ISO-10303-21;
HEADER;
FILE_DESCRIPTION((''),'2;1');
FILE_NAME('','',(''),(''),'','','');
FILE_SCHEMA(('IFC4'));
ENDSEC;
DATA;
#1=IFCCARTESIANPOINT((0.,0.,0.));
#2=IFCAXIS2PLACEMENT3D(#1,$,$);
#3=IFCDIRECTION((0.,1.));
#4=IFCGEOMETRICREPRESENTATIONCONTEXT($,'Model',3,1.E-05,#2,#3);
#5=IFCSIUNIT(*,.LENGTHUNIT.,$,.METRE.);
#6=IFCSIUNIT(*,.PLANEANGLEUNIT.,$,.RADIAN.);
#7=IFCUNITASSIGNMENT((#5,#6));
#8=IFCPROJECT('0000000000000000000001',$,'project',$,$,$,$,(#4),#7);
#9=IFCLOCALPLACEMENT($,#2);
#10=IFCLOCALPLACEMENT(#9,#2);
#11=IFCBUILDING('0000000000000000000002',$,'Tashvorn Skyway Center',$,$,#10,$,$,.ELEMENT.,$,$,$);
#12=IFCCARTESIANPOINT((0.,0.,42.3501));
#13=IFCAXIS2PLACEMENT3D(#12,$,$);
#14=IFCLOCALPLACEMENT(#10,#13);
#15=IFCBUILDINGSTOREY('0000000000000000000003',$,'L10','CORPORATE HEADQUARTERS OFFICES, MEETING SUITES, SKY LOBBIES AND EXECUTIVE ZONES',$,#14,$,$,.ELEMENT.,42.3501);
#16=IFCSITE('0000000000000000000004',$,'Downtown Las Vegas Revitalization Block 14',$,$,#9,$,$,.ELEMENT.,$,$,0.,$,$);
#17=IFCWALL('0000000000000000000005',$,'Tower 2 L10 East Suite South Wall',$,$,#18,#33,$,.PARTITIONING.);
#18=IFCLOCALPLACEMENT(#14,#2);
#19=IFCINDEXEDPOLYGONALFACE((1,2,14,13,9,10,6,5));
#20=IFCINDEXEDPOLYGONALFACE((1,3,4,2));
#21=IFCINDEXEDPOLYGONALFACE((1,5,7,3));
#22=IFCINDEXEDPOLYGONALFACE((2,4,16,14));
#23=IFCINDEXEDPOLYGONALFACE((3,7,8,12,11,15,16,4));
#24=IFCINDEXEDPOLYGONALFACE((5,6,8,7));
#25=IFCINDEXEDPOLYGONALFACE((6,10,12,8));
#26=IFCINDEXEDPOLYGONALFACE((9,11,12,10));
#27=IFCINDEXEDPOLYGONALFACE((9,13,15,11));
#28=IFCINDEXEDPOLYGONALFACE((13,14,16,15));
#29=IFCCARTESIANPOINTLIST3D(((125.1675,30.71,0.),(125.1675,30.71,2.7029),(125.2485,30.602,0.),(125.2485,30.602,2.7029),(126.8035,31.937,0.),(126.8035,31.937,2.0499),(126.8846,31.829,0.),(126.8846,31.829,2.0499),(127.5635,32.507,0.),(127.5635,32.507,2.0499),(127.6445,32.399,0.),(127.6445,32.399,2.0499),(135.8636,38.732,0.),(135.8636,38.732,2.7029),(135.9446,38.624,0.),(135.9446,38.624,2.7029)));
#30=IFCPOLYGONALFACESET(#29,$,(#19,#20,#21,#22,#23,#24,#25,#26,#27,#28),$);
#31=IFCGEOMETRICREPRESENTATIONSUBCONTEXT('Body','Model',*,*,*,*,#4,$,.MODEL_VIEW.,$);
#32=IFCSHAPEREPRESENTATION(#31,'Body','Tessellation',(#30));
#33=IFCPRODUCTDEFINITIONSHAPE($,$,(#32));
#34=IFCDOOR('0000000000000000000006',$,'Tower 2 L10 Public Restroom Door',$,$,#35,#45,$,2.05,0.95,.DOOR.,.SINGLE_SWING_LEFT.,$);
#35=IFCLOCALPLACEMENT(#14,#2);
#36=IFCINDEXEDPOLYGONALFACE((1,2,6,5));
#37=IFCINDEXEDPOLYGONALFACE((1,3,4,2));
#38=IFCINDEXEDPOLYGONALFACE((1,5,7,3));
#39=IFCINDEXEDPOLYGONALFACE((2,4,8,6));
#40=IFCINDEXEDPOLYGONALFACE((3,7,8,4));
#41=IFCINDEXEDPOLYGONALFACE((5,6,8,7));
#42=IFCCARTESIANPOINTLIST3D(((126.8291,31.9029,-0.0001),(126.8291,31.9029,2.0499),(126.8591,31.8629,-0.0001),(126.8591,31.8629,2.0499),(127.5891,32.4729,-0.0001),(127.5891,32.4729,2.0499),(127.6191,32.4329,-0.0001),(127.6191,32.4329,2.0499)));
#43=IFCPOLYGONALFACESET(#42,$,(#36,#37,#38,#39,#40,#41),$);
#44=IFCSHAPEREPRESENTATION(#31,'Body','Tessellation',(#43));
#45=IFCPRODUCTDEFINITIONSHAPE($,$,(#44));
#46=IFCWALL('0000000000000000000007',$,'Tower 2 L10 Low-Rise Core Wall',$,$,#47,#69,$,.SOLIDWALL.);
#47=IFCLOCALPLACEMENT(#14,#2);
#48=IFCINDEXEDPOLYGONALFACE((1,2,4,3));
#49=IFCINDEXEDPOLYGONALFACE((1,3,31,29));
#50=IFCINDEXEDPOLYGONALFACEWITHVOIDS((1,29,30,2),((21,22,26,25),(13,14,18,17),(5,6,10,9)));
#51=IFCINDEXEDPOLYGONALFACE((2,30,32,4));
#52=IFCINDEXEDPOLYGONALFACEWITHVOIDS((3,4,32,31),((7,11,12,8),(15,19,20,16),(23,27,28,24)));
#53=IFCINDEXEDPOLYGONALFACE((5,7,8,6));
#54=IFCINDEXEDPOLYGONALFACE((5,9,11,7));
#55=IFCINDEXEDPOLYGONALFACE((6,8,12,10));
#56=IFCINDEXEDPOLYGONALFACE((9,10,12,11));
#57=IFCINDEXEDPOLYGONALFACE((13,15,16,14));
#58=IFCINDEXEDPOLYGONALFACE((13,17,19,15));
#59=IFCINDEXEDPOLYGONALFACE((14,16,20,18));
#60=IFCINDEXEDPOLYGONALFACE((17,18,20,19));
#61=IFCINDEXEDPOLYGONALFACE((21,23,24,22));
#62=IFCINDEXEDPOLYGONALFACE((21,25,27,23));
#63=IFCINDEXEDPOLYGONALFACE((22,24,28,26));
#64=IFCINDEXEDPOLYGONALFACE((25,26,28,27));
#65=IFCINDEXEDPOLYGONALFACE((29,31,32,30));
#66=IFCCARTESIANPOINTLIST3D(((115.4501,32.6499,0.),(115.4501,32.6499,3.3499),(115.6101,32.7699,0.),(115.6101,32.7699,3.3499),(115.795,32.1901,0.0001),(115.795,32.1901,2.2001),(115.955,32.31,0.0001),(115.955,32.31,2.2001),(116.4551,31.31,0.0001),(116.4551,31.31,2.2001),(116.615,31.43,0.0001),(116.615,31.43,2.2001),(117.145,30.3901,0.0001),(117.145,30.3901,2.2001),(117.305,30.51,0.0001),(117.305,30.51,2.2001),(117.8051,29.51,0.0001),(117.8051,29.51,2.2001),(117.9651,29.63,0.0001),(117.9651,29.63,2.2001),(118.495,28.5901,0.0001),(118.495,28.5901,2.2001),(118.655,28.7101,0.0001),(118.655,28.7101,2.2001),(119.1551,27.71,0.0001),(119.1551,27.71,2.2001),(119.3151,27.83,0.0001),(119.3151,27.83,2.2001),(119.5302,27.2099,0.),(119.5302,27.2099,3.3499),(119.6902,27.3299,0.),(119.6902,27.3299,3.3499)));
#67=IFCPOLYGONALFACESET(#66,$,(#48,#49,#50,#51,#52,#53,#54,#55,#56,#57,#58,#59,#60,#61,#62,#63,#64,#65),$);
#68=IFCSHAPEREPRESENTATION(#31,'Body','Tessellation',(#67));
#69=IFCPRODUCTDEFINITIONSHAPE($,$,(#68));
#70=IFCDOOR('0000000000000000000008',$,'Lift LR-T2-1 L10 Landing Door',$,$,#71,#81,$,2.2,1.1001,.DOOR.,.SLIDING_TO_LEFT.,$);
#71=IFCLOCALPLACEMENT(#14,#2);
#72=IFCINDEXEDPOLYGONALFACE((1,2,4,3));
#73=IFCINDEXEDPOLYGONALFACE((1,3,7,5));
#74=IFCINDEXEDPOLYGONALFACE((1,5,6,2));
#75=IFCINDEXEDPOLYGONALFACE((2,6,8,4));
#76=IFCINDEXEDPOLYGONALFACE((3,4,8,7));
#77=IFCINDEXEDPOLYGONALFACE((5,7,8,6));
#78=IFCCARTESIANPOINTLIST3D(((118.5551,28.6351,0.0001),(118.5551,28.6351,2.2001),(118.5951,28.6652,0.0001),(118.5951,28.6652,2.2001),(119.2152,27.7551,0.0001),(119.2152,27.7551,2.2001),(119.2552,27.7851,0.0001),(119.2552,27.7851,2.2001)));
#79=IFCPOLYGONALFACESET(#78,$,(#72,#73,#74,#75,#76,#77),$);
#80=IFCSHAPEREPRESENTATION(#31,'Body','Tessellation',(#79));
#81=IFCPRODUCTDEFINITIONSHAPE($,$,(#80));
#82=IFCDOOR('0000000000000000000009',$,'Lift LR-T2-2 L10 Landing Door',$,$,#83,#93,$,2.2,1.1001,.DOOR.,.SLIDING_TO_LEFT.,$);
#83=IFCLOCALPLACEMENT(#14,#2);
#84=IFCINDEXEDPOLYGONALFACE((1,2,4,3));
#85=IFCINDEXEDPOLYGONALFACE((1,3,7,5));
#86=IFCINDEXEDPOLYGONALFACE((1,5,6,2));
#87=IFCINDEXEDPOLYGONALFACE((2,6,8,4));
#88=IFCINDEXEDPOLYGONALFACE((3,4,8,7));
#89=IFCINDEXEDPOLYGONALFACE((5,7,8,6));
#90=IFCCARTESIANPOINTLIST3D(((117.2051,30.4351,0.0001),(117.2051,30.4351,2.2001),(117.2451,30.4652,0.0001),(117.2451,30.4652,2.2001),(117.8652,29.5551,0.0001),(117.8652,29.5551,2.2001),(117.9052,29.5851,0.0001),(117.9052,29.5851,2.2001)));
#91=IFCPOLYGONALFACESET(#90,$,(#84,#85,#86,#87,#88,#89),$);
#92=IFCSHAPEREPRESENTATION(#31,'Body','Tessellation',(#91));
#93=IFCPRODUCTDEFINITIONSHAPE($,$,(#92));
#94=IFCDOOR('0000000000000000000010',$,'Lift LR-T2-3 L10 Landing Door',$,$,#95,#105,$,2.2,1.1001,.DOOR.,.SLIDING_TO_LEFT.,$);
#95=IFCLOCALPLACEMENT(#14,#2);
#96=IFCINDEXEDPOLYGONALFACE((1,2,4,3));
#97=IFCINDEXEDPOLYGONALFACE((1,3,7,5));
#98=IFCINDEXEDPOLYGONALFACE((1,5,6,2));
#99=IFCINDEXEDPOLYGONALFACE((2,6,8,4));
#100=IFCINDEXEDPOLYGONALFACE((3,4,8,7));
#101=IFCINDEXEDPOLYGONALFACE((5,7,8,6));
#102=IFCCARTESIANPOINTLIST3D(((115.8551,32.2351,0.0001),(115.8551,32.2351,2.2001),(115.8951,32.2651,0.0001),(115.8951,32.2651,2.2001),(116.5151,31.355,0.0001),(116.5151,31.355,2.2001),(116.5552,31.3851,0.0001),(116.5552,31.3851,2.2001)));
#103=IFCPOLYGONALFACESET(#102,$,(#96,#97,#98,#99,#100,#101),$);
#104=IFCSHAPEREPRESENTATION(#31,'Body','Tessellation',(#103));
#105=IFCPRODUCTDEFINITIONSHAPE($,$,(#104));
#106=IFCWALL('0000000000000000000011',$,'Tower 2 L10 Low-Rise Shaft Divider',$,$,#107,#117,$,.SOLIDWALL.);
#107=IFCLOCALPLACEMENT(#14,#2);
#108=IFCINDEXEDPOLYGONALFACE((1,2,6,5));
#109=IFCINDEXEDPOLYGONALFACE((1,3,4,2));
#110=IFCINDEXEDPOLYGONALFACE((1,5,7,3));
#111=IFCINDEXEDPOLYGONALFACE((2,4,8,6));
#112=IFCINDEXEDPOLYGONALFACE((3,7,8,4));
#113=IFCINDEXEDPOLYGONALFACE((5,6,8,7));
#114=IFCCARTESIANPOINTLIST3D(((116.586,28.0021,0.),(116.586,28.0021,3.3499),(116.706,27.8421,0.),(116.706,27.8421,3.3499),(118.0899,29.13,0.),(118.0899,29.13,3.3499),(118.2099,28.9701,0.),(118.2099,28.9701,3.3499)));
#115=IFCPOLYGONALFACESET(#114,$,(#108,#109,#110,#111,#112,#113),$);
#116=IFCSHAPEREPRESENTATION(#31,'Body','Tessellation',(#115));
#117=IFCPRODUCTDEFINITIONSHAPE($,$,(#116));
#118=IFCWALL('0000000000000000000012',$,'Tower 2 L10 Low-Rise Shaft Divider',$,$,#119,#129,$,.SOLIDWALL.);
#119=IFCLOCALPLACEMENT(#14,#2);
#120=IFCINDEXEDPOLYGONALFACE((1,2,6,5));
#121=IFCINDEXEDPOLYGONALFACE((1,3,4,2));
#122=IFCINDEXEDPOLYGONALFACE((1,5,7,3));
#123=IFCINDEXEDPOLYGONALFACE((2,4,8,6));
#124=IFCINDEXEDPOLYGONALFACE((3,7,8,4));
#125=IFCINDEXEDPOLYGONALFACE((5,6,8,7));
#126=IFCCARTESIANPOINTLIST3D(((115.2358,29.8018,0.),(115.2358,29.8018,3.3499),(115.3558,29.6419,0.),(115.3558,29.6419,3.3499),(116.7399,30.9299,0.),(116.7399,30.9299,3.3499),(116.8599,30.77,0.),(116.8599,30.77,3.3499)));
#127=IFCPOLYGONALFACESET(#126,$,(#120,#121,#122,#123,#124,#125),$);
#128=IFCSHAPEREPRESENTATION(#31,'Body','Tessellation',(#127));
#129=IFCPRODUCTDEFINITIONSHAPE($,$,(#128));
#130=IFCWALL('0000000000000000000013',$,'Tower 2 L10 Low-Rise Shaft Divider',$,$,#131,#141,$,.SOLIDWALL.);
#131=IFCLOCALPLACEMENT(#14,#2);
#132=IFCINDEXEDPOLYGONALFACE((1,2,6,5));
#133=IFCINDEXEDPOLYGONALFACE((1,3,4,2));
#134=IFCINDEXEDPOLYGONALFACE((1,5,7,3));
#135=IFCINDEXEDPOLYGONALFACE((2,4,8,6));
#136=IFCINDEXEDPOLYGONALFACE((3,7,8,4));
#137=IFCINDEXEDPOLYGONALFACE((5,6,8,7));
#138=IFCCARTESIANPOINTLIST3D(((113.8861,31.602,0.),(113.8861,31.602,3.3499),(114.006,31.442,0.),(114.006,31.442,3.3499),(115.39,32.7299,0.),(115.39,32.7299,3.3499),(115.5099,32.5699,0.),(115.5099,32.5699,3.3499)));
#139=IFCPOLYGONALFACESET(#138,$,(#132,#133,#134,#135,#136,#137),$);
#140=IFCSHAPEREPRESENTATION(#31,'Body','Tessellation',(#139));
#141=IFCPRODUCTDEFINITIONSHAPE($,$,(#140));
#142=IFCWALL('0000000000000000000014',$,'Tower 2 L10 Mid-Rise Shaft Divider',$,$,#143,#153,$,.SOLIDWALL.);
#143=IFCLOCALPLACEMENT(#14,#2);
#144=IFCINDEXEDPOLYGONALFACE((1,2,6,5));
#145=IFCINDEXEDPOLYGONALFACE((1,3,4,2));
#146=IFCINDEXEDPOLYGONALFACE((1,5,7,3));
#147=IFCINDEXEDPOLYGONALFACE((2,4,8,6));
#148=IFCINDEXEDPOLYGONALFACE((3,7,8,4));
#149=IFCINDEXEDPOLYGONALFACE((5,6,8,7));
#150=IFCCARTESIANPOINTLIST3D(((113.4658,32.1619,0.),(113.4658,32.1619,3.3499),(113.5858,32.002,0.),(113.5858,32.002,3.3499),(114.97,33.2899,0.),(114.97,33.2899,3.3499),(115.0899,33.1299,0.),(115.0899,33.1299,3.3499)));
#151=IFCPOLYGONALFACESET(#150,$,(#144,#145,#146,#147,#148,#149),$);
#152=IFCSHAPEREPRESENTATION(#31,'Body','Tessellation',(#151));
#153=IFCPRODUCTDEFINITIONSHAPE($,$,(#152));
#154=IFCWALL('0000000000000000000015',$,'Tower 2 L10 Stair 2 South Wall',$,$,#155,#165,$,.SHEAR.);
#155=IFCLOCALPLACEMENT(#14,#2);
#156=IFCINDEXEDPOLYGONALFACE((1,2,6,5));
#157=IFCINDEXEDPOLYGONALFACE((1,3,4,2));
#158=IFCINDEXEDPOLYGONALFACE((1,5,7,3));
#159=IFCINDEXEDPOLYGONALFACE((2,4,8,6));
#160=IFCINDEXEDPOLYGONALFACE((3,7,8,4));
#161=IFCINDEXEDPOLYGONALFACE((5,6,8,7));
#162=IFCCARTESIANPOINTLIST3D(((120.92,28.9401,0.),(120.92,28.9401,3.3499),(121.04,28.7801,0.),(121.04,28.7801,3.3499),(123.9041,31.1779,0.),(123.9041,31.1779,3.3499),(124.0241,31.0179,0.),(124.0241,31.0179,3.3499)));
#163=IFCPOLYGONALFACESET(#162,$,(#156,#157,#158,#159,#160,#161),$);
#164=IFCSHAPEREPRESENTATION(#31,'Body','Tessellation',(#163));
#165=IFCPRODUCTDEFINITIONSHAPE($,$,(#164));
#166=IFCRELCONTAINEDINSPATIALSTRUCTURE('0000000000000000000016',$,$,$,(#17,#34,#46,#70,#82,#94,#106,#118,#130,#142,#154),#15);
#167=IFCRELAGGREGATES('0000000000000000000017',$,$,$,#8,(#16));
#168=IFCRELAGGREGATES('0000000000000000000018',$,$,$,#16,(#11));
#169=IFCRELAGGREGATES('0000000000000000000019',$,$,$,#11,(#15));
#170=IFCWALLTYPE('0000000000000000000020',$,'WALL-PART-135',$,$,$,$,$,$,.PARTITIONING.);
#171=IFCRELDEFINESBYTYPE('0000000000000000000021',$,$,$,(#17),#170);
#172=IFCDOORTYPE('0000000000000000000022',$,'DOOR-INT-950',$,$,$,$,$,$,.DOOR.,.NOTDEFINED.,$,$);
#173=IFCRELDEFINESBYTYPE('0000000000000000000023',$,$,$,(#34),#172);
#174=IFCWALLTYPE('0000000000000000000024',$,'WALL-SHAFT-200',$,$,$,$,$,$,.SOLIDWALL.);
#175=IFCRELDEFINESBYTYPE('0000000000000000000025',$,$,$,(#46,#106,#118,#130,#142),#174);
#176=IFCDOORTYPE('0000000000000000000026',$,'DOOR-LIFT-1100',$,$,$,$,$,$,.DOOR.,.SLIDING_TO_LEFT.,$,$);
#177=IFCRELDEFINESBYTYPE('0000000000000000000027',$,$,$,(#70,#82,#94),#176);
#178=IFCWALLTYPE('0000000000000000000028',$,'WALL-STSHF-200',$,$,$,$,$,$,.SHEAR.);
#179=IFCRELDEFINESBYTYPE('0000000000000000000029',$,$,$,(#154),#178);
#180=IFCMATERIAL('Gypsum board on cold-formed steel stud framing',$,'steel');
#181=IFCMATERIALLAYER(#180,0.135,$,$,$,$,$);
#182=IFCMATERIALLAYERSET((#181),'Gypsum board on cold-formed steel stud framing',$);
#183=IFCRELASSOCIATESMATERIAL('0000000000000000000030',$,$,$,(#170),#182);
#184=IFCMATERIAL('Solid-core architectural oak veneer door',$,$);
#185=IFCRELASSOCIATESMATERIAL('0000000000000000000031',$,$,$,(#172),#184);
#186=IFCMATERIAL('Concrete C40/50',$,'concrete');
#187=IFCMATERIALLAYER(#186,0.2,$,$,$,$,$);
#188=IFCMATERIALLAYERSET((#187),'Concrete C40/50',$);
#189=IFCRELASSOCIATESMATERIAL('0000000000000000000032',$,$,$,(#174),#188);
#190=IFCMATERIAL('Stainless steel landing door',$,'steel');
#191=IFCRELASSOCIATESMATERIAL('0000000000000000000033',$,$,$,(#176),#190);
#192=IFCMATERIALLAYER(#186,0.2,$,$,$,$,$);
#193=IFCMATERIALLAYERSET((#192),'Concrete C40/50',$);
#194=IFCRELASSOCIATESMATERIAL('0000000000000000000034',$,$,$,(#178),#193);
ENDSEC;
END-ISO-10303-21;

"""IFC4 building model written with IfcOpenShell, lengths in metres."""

from ifc_helpers import new_model, si_unit, direction, frame, frame_2d, origin, place, context, subcontext, project, spatial, rectangle, extrude, material, layer, layer_set, type_object, element, fill, save


model = new_model("IFC4")

# Units and contexts
model_context = context("Model", 3, precision=1e-05, world=origin(), true_north=direction((0.0, 1.0)))
body_context = subcontext(model_context, "Body", "Model", "MODEL_VIEW")
ifc_project = project(units=[si_unit("LENGTHUNIT", "METRE"), si_unit("PLANEANGLEUNIT", "RADIAN")], contexts=[model_context])

# Site, building, storey
site_placement = place(None, origin())
site = spatial("IfcSite", under=ifc_project, at=site_placement, Name="Downtown Las Vegas Revitalization Block 14", CompositionType="ELEMENT", RefElevation=0.0)
building_placement = place(site_placement, origin())
building = spatial("IfcBuilding", under=site, at=building_placement, Name="Tashvorn Skyway Center", CompositionType="ELEMENT")
storey_placement = place(building_placement, frame((0.0, 0.0, 42.3501)))
storey = spatial("IfcBuildingStorey", under=building, at=storey_placement, Name="L10", Description="CORPORATE HEADQUARTERS OFFICES, MEETING SUITES, SKY LOBBIES AND EXECUTIVE ZONES", CompositionType="ELEMENT", Elevation=42.3501)

# Wall, opening, door
ifc_material_1 = material(Name="Concrete C40/50", Category="concrete")
ifc_material_2 = material(Name="Gypsum board on cold-formed steel stud framing", Category="steel")
ifc_layer_1 = layer(ifc_material_2, 0.135)
ifc_layer_set_1 = layer_set([ifc_layer_1], Name="Gypsum board on cold-formed steel stud framing")
wall_type_1 = type_object("IfcWallType", Name="WALL-PART-135", PredefinedType="PARTITIONING", material=ifc_layer_set_1)
wall_1_placement = place(storey_placement, frame((125.208, 30.656, 0.0), z_axis=(0.0, 0.0, 1.0), x_axis=(0.800002, 0.599997, 0.0)))
wall_1 = element("IfcWall", 1, at=wall_1_placement, inside=storey, type_object=wall_type_1, Name="Tower 2 L10 East Suite South Wall", PredefinedType="PARTITIONING", context=body_context, shape_type="SweptSolid", body=[
    extrude(rectangle(XDim=13.3701, YDim=0.135, at=frame_2d((6.6851, 0.0))), origin(), (0.0, 0.0, 1.0), 2.7029),
])
opening_1_placement = place(wall_1_placement, frame((2.0449, 0.0, 0.0)))
opening_1 = element("IfcOpeningElement", 2, at=opening_1_placement, cuts=wall_1, PredefinedType="OPENING", context=body_context, shape_type="SweptSolid", body=[
    extrude(rectangle(XDim=0.95, YDim=2.05, at=frame_2d((0.4751, 1.0249))), frame((0.0, 0.0774, 0.0), z_axis=(0.0, -1.0, 0.0), x_axis=(1.0, 0.0, 0.0)), (0.0, 0.0, 1.0), 0.155),
])
ifc_material_3 = material(Name="Solid-core architectural oak veneer door")
door_type_1 = type_object("IfcDoorType", Name="DOOR-INT-950", OperationType="NOTDEFINED", PredefinedType="DOOR", material=ifc_material_3)
door_1_placement = place(opening_1_placement, origin())
door_1 = element("IfcDoor", 3, at=door_1_placement, inside=storey, type_object=door_type_1, Name="Tower 2 L10 Public Restroom Door", OperationType="SINGLE_SWING_LEFT", OverallHeight=2.05, OverallWidth=0.95, PredefinedType="DOOR", context=body_context, shape_type="SweptSolid", body=[
    extrude(rectangle(XDim=0.95, YDim=2.05, at=frame_2d((0.4751, 1.0249))), frame((0.0, 0.0249, 0.0), z_axis=(0.0, -1.0, 0.0), x_axis=(1.0, 0.0, 0.0)), (0.0, 0.0, 1.0), 0.05),
])
fill(opening_1, door_1)

# Wall, openings, doors
ifc_layer_2 = layer(ifc_material_1, 0.2)
ifc_layer_set_2 = layer_set([ifc_layer_2], Name="Concrete C40/50")
wall_type_2 = type_object("IfcWallType", Name="WALL-SHAFT-200", PredefinedType="SOLIDWALL", material=ifc_layer_set_2)
wall_2_placement = place(storey_placement, frame((119.6101, 27.27, 0.0), z_axis=(0.0, 0.0, 1.0), x_axis=(-0.600011, 0.799991, 0.0)))
wall_2 = element("IfcWall", 4, at=wall_2_placement, inside=storey, type_object=wall_type_2, Name="Tower 2 L10 Low-Rise Core Wall", PredefinedType="SOLIDWALL", context=body_context, shape_type="SweptSolid", body=[
    extrude(rectangle(XDim=6.8, YDim=0.2, at=frame_2d((3.3999, 0.0))), origin(), (0.0, 0.0, 1.0), 3.3499),
])
opening_2_placement = place(wall_2_placement, frame((0.625, 0.0, 0.0)))
opening_2 = element("IfcOpeningElement", 5, at=opening_2_placement, cuts=wall_2, PredefinedType="OPENING", context=body_context, shape_type="SweptSolid", body=[
    extrude(rectangle(XDim=1.1001, YDim=2.2, at=frame_2d((0.55, 1.1001))), frame((0.0, 0.1099, 0.0), z_axis=(0.0, -1.0, 0.0), x_axis=(1.0, 0.0, 0.0)), (0.0, 0.0, 1.0), 0.22),
])
opening_3_placement = place(wall_2_placement, frame((2.875, 0.0, 0.0)))
opening_3 = element("IfcOpeningElement", 6, at=opening_3_placement, cuts=wall_2, PredefinedType="OPENING", context=body_context, shape_type="SweptSolid", body=[
    extrude(rectangle(XDim=1.1001, YDim=2.2, at=frame_2d((0.55, 1.1001))), frame((0.0, 0.1099, 0.0), z_axis=(0.0, -1.0, 0.0), x_axis=(1.0, 0.0, 0.0)), (0.0, 0.0, 1.0), 0.22),
])
opening_4_placement = place(wall_2_placement, frame((5.125, 0.0, 0.0)))
opening_4 = element("IfcOpeningElement", 7, at=opening_4_placement, cuts=wall_2, PredefinedType="OPENING", context=body_context, shape_type="SweptSolid", body=[
    extrude(rectangle(XDim=1.1001, YDim=2.2, at=frame_2d((0.55, 1.1001))), frame((0.0, 0.1099, 0.0), z_axis=(0.0, -1.0, 0.0), x_axis=(1.0, 0.0, 0.0)), (0.0, 0.0, 1.0), 0.22),
])
ifc_material_4 = material(Name="Stainless steel landing door", Category="steel")
door_type_2 = type_object("IfcDoorType", Name="DOOR-LIFT-1100", OperationType="SLIDING_TO_LEFT", PredefinedType="DOOR", material=ifc_material_4)
door_2_placement = place(opening_2_placement, origin())
door_2 = element("IfcDoor", 8, at=door_2_placement, inside=storey, type_object=door_type_2, Name="Lift LR-T2-1 L10 Landing Door", OperationType="SLIDING_TO_LEFT", OverallHeight=2.2, OverallWidth=1.1001, PredefinedType="DOOR", context=body_context, shape_type="SweptSolid", body=[
    extrude(rectangle(XDim=1.1001, YDim=2.2, at=frame_2d((0.55, 1.1001))), frame((0.0, 0.0249, 0.0), z_axis=(0.0, -1.0, 0.0), x_axis=(1.0, 0.0, 0.0)), (0.0, 0.0, 1.0), 0.05),
])
fill(opening_2, door_2)
door_3_placement = place(opening_3_placement, origin())
door_3 = element("IfcDoor", 9, at=door_3_placement, inside=storey, type_object=door_type_2, Name="Lift LR-T2-2 L10 Landing Door", OperationType="SLIDING_TO_LEFT", OverallHeight=2.2, OverallWidth=1.1001, PredefinedType="DOOR", context=body_context, shape_type="SweptSolid", body=[
    extrude(rectangle(XDim=1.1001, YDim=2.2, at=frame_2d((0.55, 1.1001))), frame((0.0, 0.0249, 0.0), z_axis=(0.0, -1.0, 0.0), x_axis=(1.0, 0.0, 0.0)), (0.0, 0.0, 1.0), 0.05),
])
fill(opening_3, door_3)
door_4_placement = place(opening_4_placement, origin())
door_4 = element("IfcDoor", 10, at=door_4_placement, inside=storey, type_object=door_type_2, Name="Lift LR-T2-3 L10 Landing Door", OperationType="SLIDING_TO_LEFT", OverallHeight=2.2, OverallWidth=1.1001, PredefinedType="DOOR", context=body_context, shape_type="SweptSolid", body=[
    extrude(rectangle(XDim=1.1001, YDim=2.2, at=frame_2d((0.55, 1.1001))), frame((0.0, 0.0249, 0.0), z_axis=(0.0, -1.0, 0.0), x_axis=(1.0, 0.0, 0.0)), (0.0, 0.0, 1.0), 0.05),
])
fill(opening_4, door_4)

# Walls
wall_3_placement = place(storey_placement, frame((116.646, 27.9221, 0.0), z_axis=(0.0, 0.0, 1.0), x_axis=(0.8, 0.6, 0.0)))
element("IfcWall", 11, at=wall_3_placement, inside=storey, type_object=wall_type_2, Name="Tower 2 L10 Low-Rise Shaft Divider", PredefinedType="SOLIDWALL", context=body_context, shape_type="SweptSolid", body=[
    extrude(rectangle(XDim=1.8799, YDim=0.2, at=frame_2d((0.9399, 0.0))), origin(), (0.0, 0.0, 1.0), 3.3499),
])
wall_4_placement = place(storey_placement, frame((115.2959, 29.7219, 0.0), z_axis=(0.0, 0.0, 1.0), x_axis=(0.799984, 0.600021, 0.0)))
element("IfcWall", 12, at=wall_4_placement, inside=storey, type_object=wall_type_2, Name="Tower 2 L10 Low-Rise Shaft Divider", PredefinedType="SOLIDWALL", context=body_context, shape_type="SweptSolid", body=[
    extrude(rectangle(XDim=1.8801, YDim=0.2, at=frame_2d((0.9399, 0.0))), origin(), (0.0, 0.0, 1.0), 3.3499),
])
wall_5_placement = place(storey_placement, frame((113.946, 31.522, 0.0), z_axis=(0.0, 0.0, 1.0), x_axis=(0.8, 0.6, 0.0)))
element("IfcWall", 13, at=wall_5_placement, inside=storey, type_object=wall_type_2, Name="Tower 2 L10 Low-Rise Shaft Divider", PredefinedType="SOLIDWALL", context=body_context, shape_type="SweptSolid", body=[
    extrude(rectangle(XDim=1.8799, YDim=0.2, at=frame_2d((0.9399, 0.0))), origin(), (0.0, 0.0, 1.0), 3.3499),
])
wall_6_placement = place(storey_placement, frame((113.5259, 32.082, 0.0), z_axis=(0.0, 0.0, 1.0), x_axis=(0.800047, 0.599938, 0.0)))
element("IfcWall", 14, at=wall_6_placement, inside=storey, type_object=wall_type_2, Name="Tower 2 L10 Mid-Rise Shaft Divider", PredefinedType="SOLIDWALL", context=body_context, shape_type="SweptSolid", body=[
    extrude(rectangle(XDim=1.8801, YDim=0.2, at=frame_2d((0.9399, 0.0))), origin(), (0.0, 0.0, 1.0), 3.3499),
])
ifc_layer_3 = layer(ifc_material_1, 0.2)
ifc_layer_set_3 = layer_set([ifc_layer_3], Name="Concrete C40/50")
wall_type_3 = type_object("IfcWallType", Name="WALL-STSHF-200", PredefinedType="SHEAR", material=ifc_layer_set_3)
wall_7_placement = place(storey_placement, frame((120.98, 28.8601, 0.0), z_axis=(0.0, 0.0, 1.0), x_axis=(0.800039, 0.599948, 0.0)))
element("IfcWall", 15, at=wall_7_placement, inside=storey, type_object=wall_type_3, Name="Tower 2 L10 Stair 2 South Wall", PredefinedType="SHEAR", context=body_context, shape_type="SweptSolid", body=[
    extrude(rectangle(XDim=3.73, YDim=0.2, at=frame_2d((1.865, 0.0))), origin(), (0.0, 0.0, 1.0), 3.3499),
])

save(model, "model.ifc")
